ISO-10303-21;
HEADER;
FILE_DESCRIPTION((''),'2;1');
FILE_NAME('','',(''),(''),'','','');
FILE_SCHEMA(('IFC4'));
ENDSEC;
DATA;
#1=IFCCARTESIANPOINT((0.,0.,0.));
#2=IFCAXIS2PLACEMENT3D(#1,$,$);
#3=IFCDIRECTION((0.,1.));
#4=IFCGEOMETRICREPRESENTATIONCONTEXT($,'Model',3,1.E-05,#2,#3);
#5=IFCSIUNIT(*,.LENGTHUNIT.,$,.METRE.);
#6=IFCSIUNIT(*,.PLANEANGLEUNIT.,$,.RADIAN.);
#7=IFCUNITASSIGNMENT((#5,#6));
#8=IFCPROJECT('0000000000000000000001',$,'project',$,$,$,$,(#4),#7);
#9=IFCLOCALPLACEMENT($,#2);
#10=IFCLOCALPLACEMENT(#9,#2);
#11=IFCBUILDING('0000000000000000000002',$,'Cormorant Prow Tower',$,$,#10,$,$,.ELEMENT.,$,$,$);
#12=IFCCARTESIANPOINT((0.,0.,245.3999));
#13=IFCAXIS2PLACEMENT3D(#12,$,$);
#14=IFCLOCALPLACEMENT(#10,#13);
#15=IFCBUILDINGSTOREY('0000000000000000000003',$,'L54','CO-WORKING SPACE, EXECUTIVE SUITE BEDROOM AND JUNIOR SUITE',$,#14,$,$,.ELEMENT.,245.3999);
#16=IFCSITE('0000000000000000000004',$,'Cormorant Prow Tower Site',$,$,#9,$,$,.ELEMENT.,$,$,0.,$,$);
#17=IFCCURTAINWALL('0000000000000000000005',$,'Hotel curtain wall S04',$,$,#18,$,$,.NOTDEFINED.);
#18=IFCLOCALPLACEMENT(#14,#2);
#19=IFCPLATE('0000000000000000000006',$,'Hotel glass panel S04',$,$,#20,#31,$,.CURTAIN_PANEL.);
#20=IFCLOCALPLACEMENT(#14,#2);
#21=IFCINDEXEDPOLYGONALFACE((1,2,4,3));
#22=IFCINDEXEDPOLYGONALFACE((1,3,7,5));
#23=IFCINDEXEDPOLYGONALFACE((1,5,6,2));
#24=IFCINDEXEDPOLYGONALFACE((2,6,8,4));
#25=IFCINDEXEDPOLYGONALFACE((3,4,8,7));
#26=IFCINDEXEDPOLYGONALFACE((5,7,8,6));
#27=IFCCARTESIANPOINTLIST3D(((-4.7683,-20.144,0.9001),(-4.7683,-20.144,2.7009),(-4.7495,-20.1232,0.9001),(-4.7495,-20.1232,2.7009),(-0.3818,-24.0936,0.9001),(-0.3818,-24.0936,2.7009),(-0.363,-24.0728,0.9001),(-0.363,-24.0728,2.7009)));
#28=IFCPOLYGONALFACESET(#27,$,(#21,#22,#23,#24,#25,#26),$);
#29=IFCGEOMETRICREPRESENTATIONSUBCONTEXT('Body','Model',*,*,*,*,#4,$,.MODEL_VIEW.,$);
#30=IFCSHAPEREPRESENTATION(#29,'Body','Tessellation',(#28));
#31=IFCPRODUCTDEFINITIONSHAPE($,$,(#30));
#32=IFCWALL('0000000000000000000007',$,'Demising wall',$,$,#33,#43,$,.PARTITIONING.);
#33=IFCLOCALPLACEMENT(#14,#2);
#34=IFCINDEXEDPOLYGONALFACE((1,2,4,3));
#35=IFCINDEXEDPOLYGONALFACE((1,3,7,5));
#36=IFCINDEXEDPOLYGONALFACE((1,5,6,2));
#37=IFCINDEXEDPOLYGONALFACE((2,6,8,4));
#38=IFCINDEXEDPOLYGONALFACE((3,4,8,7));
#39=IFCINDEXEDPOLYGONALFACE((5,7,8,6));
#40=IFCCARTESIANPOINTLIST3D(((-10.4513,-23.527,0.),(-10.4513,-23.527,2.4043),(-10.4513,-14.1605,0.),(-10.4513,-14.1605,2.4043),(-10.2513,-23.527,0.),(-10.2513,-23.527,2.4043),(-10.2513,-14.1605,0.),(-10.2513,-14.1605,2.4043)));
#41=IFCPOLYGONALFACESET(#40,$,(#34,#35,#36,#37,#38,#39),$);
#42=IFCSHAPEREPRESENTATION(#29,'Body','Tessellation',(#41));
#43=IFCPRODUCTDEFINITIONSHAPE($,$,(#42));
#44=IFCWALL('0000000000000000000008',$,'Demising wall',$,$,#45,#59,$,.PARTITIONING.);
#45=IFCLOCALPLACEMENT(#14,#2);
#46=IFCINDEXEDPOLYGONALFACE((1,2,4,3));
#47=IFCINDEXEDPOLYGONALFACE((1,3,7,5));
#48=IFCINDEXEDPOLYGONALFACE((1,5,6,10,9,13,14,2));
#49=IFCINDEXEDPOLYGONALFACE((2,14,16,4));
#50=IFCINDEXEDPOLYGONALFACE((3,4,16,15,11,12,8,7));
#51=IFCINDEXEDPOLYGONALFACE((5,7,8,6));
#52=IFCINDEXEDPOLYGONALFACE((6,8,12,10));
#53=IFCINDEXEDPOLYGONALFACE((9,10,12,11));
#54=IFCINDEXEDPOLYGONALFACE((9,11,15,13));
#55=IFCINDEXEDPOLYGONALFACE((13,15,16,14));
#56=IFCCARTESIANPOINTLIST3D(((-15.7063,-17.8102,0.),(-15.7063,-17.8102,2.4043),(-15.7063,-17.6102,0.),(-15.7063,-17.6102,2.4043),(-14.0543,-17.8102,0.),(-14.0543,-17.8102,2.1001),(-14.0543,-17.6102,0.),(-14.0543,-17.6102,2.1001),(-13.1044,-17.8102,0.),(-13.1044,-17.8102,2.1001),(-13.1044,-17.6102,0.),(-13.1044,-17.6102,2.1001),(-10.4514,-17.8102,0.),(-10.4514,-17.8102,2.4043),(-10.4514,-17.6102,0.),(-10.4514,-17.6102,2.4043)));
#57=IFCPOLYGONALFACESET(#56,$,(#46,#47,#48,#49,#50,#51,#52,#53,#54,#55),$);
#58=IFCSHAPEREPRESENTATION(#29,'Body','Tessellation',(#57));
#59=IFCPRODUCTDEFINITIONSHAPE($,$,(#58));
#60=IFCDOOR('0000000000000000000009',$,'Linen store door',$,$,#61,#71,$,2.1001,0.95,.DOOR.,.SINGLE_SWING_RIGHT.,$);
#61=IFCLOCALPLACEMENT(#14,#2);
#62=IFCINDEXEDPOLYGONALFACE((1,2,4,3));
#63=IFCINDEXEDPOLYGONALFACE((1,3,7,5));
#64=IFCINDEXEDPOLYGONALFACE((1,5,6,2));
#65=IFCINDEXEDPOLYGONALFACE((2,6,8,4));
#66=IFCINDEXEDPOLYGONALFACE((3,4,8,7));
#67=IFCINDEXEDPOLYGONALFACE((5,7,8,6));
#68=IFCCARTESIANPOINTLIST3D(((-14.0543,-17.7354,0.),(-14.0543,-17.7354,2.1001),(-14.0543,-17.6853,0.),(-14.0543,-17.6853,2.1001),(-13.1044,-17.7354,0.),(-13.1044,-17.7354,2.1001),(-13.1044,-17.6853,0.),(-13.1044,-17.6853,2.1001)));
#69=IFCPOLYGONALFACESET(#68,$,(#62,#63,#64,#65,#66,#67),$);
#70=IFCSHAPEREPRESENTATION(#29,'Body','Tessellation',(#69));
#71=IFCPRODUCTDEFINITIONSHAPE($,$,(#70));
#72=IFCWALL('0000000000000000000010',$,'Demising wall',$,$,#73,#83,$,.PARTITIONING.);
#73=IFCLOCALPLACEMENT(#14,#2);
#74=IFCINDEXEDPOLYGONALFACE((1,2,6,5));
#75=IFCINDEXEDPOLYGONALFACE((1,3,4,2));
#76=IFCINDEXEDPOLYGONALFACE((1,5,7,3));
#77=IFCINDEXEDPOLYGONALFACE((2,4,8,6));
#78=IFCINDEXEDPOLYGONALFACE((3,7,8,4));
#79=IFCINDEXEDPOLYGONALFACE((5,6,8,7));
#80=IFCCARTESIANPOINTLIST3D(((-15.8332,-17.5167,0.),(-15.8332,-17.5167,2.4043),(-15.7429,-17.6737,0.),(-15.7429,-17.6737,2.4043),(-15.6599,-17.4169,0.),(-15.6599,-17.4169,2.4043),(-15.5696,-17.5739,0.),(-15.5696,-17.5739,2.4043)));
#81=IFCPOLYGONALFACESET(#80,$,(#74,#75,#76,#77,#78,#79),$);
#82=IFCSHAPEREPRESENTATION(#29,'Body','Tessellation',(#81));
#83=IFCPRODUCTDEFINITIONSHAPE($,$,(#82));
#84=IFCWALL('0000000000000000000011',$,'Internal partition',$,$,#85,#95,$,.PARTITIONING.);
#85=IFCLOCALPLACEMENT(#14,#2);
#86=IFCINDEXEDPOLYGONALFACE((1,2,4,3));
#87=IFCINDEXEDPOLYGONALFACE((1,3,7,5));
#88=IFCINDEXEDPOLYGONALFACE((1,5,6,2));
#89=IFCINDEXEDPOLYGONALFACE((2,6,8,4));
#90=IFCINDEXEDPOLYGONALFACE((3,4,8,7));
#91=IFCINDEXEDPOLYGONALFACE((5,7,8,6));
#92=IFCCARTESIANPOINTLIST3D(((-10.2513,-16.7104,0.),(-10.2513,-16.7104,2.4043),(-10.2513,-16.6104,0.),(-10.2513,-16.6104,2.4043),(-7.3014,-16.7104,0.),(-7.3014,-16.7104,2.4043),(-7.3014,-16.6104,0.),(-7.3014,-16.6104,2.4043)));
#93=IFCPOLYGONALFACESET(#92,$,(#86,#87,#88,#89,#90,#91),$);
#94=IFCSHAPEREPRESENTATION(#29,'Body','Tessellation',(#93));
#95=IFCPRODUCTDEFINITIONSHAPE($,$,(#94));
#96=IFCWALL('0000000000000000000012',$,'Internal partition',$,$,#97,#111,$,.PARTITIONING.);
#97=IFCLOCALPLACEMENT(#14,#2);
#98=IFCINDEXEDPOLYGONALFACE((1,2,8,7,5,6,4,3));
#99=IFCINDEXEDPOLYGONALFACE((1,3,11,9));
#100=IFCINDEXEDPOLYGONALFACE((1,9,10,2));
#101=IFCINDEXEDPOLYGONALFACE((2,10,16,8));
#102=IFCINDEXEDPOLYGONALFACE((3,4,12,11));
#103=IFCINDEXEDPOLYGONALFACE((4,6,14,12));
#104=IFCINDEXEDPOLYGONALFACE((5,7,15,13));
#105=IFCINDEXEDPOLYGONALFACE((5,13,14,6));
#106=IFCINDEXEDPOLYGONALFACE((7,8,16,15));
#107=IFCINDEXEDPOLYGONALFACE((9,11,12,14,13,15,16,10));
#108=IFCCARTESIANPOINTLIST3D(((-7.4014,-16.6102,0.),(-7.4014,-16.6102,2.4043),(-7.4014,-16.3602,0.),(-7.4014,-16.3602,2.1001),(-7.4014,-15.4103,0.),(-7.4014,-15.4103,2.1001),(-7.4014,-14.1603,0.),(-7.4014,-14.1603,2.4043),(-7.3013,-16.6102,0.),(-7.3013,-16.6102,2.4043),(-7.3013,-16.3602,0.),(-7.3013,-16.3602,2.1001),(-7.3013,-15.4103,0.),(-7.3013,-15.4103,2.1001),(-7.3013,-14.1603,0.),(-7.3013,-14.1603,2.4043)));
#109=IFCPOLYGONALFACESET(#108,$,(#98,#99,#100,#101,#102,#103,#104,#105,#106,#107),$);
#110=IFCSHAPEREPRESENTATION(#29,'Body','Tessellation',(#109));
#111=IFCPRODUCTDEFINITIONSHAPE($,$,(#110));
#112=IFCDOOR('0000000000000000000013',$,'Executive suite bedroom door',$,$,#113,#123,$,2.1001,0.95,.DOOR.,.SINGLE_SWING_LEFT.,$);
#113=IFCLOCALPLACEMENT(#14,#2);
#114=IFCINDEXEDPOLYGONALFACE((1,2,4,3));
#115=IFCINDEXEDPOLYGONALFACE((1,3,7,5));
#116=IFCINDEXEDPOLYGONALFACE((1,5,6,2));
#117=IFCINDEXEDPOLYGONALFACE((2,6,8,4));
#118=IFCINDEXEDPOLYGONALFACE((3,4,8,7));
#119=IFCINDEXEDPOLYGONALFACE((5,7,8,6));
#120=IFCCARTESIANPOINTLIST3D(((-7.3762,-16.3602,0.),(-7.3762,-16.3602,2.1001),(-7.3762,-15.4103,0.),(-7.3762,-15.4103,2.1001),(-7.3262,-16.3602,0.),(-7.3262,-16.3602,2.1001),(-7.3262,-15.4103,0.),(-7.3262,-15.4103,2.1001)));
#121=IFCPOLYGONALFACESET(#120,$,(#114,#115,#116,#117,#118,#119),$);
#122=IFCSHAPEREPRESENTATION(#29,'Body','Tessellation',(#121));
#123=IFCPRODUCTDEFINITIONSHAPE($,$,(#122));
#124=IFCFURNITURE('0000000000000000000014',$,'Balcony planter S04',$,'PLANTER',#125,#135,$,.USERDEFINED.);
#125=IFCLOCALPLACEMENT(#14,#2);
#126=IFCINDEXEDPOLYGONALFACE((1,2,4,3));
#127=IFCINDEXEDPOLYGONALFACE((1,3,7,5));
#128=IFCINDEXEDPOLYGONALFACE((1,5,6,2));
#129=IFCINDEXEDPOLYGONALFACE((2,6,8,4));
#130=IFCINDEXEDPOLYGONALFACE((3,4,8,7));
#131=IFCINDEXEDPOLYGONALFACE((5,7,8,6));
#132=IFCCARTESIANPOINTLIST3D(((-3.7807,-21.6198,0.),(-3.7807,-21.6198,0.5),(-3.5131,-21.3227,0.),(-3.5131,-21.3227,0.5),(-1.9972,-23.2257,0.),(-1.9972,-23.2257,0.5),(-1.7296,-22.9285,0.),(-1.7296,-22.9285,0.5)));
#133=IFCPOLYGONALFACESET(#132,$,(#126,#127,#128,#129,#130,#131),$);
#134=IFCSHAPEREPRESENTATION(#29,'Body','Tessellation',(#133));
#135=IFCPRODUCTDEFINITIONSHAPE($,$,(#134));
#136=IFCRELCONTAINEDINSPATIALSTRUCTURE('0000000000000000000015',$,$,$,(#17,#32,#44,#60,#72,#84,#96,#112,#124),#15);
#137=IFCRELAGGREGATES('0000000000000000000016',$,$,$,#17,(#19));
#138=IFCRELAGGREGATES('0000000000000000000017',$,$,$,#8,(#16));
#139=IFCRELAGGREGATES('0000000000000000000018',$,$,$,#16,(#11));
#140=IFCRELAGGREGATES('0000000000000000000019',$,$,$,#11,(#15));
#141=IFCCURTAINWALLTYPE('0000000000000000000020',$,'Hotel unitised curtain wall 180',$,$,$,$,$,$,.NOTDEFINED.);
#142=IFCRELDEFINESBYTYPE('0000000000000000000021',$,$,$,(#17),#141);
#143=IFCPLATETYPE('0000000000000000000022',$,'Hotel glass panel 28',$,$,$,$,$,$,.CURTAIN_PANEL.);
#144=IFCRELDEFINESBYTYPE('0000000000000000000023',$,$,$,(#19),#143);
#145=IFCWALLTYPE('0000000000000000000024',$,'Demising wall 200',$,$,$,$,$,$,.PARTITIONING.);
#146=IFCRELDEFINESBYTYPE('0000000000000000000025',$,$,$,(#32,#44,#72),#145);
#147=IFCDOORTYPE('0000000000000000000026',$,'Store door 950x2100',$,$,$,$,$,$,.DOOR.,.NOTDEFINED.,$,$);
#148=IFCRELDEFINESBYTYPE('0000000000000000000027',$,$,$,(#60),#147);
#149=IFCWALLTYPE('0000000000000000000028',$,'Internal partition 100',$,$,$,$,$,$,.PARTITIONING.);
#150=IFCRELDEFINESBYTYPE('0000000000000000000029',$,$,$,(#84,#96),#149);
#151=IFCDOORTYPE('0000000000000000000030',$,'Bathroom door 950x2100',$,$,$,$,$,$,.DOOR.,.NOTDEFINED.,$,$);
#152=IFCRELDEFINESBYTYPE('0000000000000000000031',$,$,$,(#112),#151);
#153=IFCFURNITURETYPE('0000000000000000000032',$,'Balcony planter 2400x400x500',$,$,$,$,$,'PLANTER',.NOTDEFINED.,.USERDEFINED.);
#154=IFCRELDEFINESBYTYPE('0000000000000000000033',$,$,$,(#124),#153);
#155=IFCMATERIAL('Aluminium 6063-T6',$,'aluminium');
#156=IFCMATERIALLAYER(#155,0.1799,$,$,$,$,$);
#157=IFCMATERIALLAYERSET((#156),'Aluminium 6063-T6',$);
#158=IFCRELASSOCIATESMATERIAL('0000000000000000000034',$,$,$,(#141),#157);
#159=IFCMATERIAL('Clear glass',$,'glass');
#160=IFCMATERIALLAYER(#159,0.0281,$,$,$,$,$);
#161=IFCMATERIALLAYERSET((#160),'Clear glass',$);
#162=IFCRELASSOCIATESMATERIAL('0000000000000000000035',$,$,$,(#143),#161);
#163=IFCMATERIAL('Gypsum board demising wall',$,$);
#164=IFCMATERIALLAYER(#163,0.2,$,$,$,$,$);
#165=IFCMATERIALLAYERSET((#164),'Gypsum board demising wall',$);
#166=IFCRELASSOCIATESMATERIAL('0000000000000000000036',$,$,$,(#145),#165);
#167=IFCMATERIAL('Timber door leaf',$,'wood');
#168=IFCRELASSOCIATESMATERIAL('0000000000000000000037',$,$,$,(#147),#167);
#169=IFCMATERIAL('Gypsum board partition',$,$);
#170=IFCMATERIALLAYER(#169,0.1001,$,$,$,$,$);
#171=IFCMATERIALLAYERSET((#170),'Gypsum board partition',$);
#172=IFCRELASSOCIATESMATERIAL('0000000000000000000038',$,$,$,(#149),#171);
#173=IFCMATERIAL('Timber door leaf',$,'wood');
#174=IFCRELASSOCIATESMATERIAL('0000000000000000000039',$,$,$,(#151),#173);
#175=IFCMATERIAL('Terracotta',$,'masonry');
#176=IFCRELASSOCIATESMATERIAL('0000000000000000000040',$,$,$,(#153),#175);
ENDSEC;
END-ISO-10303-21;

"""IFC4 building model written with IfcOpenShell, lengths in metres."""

from ifc_helpers import new_model, si_unit, direction, frame, frame_2d, origin, origin_2d, place, context, subcontext, project, spatial, rectangle, extrude, material, layer, layer_set, type_object, element, fill, aggregate, save


model = new_model("IFC4")

# Units and contexts
model_context = context("Model", 3, precision=1e-05, world=origin(), true_north=direction((0.0, 1.0)))
body_context = subcontext(model_context, "Body", "Model", "MODEL_VIEW")
ifc_project = project(units=[si_unit("LENGTHUNIT", "METRE"), si_unit("PLANEANGLEUNIT", "RADIAN")], contexts=[model_context])

# Site, building, storey
site_placement = place(None, origin())
site = spatial("IfcSite", under=ifc_project, at=site_placement, Name="Cormorant Prow Tower Site", CompositionType="ELEMENT", RefElevation=0.0)
building_placement = place(site_placement, origin())
building = spatial("IfcBuilding", under=site, at=building_placement, Name="Cormorant Prow Tower", CompositionType="ELEMENT")
storey_placement = place(building_placement, frame((0.0, 0.0, 245.3999)))
storey = spatial("IfcBuildingStorey", under=building, at=storey_placement, Name="L54", Description="CO-WORKING SPACE, EXECUTIVE SUITE BEDROOM AND JUNIOR SUITE", CompositionType="ELEMENT", Elevation=245.3999)

# Curtain wall
ifc_material_1 = material(Name="Aluminium 6063-T6", Category="aluminium")
ifc_layer_1 = layer(ifc_material_1, 0.1799)
ifc_layer_set_1 = layer_set([ifc_layer_1], Name="Aluminium 6063-T6")
curtain_wall_type = type_object("IfcCurtainWallType", Name="Hotel unitised curtain wall 180", PredefinedType="NOTDEFINED", material=ifc_layer_set_1)
curtain_wall_1_placement = place(storey_placement, origin())
curtain_wall_1 = element("IfcCurtainWall", 1, at=curtain_wall_1_placement, inside=storey, type_object=curtain_wall_type, Name="Hotel curtain wall S04", PredefinedType="NOTDEFINED")

# Plate
ifc_material_2 = material(Name="Clear glass", Category="glass")
ifc_layer_2 = layer(ifc_material_2, 0.0281)
ifc_layer_set_2 = layer_set([ifc_layer_2], Name="Clear glass")
plate_type = type_object("IfcPlateType", Name="Hotel glass panel 28", PredefinedType="CURTAIN_PANEL", material=ifc_layer_set_2)
plate_1_placement = place(storey_placement, frame((-2.5657, -22.1084, 0.9001), z_axis=(0.0, 0.0, 1.0), x_axis=(0.743145, -0.669131, 0.0)))
plate_1 = element("IfcPlate", 2, at=plate_1_placement, type_object=plate_type, Name="Hotel glass panel S04", PredefinedType="CURTAIN_PANEL", context=body_context, shape_type="SweptSolid", body=[
    extrude(rectangle(XDim=5.9026, YDim=0.0281, at=origin_2d()), origin(), (0.0, 0.0, 1.0), 1.8008),
])
aggregate(curtain_wall_1, [plate_1])

# Wall
ifc_material_3 = material(Name="Gypsum board demising wall")
ifc_layer_3 = layer(ifc_material_3, 0.2)
ifc_layer_set_3 = layer_set([ifc_layer_3], Name="Gypsum board demising wall")
wall_type_1 = type_object("IfcWallType", Name="Demising wall 200", PredefinedType="PARTITIONING", material=ifc_layer_set_3)
wall_1_placement = place(storey_placement, frame((-10.3513, -23.5269, 0.0), z_axis=(0.0, 0.0, 1.0), x_axis=(0.0, 1.0, 0.0)))
element("IfcWall", 3, at=wall_1_placement, inside=storey, type_object=wall_type_1, Name="Demising wall", PredefinedType="PARTITIONING", context=body_context, shape_type="SweptSolid", body=[
    extrude(rectangle(XDim=9.3665, YDim=0.2, at=frame_2d((4.6831, 0.0))), origin(), (0.0, 0.0, 1.0), 2.4043),
])

# Wall, opening, door
wall_2_placement = place(storey_placement, frame((-15.7063, -17.7102, 0.0), z_axis=(0.0, 0.0, 1.0), x_axis=(1.0, 0.0, 0.0)))
wall_2 = element("IfcWall", 4, at=wall_2_placement, inside=storey, type_object=wall_type_1, Name="Demising wall", PredefinedType="PARTITIONING", context=body_context, shape_type="SweptSolid", body=[
    extrude(rectangle(XDim=5.2549, YDim=0.2, at=frame_2d((2.6274, 0.0))), origin(), (0.0, 0.0, 1.0), 2.4043),
])
opening_1_placement = place(wall_2_placement, frame((1.6519, 0.0, 0.0)))
opening_1 = element("IfcOpeningElement", 5, at=opening_1_placement, cuts=wall_2, PredefinedType="OPENING", context=body_context, shape_type="SweptSolid", body=[
    extrude(rectangle(XDim=0.95, YDim=2.1001, at=frame_2d((0.4751, 1.05))), frame((0.0, 0.1099, 0.0), z_axis=(0.0, -1.0, 0.0), x_axis=(1.0, 0.0, 0.0)), (0.0, 0.0, 1.0), 0.22),
])
ifc_material_4 = material(Name="Timber door leaf", Category="wood")
door_type_1 = type_object("IfcDoorType", Name="Store door 950x2100", OperationType="NOTDEFINED", PredefinedType="DOOR", material=ifc_material_4)
door_1_placement = place(opening_1_placement, origin())
door_1 = element("IfcDoor", 6, at=door_1_placement, inside=storey, type_object=door_type_1, Name="Linen store door", OperationType="SINGLE_SWING_RIGHT", OverallHeight=2.1001, OverallWidth=0.95, PredefinedType="DOOR", context=body_context, shape_type="SweptSolid", body=[
    extrude(rectangle(XDim=0.95, YDim=2.1001, at=frame_2d((0.4751, 1.05))), frame((0.0, 0.0249, 0.0), z_axis=(0.0, -1.0, 0.0), x_axis=(1.0, 0.0, 0.0)), (0.0, 0.0, 1.0), 0.05),
])
fill(opening_1, door_1)

# Walls
wall_3_placement = place(storey_placement, frame((-15.7466, -17.4668, 0.0), z_axis=(0.0, 0.0, 1.0), x_axis=(0.49875, -0.866746, 0.0)))
element("IfcWall", 7, at=wall_3_placement, inside=storey, type_object=wall_type_1, Name="Demising wall", PredefinedType="PARTITIONING", context=body_context, shape_type="SweptSolid", body=[
    extrude(rectangle(XDim=0.1812, YDim=0.2, at=frame_2d((0.0906, 0.0))), origin(), (0.0, 0.0, 1.0), 2.4043),
])
ifc_material_5 = material(Name="Gypsum board partition")
ifc_layer_4 = layer(ifc_material_5, 0.1001)
ifc_layer_set_4 = layer_set([ifc_layer_4], Name="Gypsum board partition")
wall_type_2 = type_object("IfcWallType", Name="Internal partition 100", PredefinedType="PARTITIONING", material=ifc_layer_set_4)
wall_4_placement = place(storey_placement, frame((-10.2515, -16.6604, 0.0), z_axis=(0.0, 0.0, 1.0), x_axis=(1.0, 0.0, 0.0)))
element("IfcWall", 8, at=wall_4_placement, inside=storey, type_object=wall_type_2, Name="Internal partition", PredefinedType="PARTITIONING", context=body_context, shape_type="SweptSolid", body=[
    extrude(rectangle(XDim=2.95, YDim=0.1001, at=frame_2d((1.4751, 0.0))), origin(), (0.0, 0.0, 1.0), 2.4043),
])

# Wall, opening, door
wall_5_placement = place(storey_placement, frame((-7.3513, -16.6104, 0.0), z_axis=(0.0, 0.0, 1.0), x_axis=(0.0, 1.0, 0.0)))
wall_5 = element("IfcWall", 9, at=wall_5_placement, inside=storey, type_object=wall_type_2, Name="Internal partition", PredefinedType="PARTITIONING", context=body_context, shape_type="SweptSolid", body=[
    extrude(rectangle(XDim=2.45, YDim=0.1001, at=frame_2d((1.2251, 0.0))), origin(), (0.0, 0.0, 1.0), 2.4043),
])
opening_2_placement = place(wall_5_placement, frame((0.25, 0.0, 0.0)))
opening_2 = element("IfcOpeningElement", 10, at=opening_2_placement, cuts=wall_5, PredefinedType="OPENING", context=body_context, shape_type="SweptSolid", body=[
    extrude(rectangle(XDim=0.95, YDim=2.1001, at=frame_2d((0.4751, 1.05))), frame((0.0, 0.0601, 0.0), z_axis=(0.0, -1.0, 0.0), x_axis=(1.0, 0.0, 0.0)), (0.0, 0.0, 1.0), 0.1201),
])
ifc_material_6 = material(Name="Timber door leaf", Category="wood")
door_type_2 = type_object("IfcDoorType", Name="Bathroom door 950x2100", OperationType="NOTDEFINED", PredefinedType="DOOR", material=ifc_material_6)
door_2_placement = place(opening_2_placement, origin())
door_2 = element("IfcDoor", 11, at=door_2_placement, inside=storey, type_object=door_type_2, Name="Executive suite bedroom door", OperationType="SINGLE_SWING_LEFT", OverallHeight=2.1001, OverallWidth=0.95, PredefinedType="DOOR", context=body_context, shape_type="SweptSolid", body=[
    extrude(rectangle(XDim=0.95, YDim=2.1001, at=frame_2d((0.4751, 1.05))), frame((0.0, 0.0249, 0.0), z_axis=(0.0, -1.0, 0.0), x_axis=(1.0, 0.0, 0.0)), (0.0, 0.0, 1.0), 0.05),
])
fill(opening_2, door_2)

# Furniture
ifc_material_7 = material(Name="Terracotta", Category="masonry")
furniture_type = type_object("IfcFurnitureType", Name="Balcony planter 2400x400x500", ElementType="PLANTER", AssemblyPlace="NOTDEFINED", PredefinedType="USERDEFINED", material=ifc_material_7)
furniture_placement = place(storey_placement, frame((-2.7551, -22.2742, 0.0), z_axis=(0.0, 0.0, 1.0), x_axis=(0.743145, -0.669131, 0.0)))
element("IfcFurniture", 12, at=furniture_placement, inside=storey, type_object=furniture_type, Name="Balcony planter S04", ObjectType="PLANTER", PredefinedType="USERDEFINED", context=body_context, shape_type="SweptSolid", body=[
    extrude(rectangle(XDim=2.3999, YDim=0.3999, at=origin_2d()), origin(), (0.0, 0.0, 1.0), 0.5),
])

save(model, "model.ifc")
